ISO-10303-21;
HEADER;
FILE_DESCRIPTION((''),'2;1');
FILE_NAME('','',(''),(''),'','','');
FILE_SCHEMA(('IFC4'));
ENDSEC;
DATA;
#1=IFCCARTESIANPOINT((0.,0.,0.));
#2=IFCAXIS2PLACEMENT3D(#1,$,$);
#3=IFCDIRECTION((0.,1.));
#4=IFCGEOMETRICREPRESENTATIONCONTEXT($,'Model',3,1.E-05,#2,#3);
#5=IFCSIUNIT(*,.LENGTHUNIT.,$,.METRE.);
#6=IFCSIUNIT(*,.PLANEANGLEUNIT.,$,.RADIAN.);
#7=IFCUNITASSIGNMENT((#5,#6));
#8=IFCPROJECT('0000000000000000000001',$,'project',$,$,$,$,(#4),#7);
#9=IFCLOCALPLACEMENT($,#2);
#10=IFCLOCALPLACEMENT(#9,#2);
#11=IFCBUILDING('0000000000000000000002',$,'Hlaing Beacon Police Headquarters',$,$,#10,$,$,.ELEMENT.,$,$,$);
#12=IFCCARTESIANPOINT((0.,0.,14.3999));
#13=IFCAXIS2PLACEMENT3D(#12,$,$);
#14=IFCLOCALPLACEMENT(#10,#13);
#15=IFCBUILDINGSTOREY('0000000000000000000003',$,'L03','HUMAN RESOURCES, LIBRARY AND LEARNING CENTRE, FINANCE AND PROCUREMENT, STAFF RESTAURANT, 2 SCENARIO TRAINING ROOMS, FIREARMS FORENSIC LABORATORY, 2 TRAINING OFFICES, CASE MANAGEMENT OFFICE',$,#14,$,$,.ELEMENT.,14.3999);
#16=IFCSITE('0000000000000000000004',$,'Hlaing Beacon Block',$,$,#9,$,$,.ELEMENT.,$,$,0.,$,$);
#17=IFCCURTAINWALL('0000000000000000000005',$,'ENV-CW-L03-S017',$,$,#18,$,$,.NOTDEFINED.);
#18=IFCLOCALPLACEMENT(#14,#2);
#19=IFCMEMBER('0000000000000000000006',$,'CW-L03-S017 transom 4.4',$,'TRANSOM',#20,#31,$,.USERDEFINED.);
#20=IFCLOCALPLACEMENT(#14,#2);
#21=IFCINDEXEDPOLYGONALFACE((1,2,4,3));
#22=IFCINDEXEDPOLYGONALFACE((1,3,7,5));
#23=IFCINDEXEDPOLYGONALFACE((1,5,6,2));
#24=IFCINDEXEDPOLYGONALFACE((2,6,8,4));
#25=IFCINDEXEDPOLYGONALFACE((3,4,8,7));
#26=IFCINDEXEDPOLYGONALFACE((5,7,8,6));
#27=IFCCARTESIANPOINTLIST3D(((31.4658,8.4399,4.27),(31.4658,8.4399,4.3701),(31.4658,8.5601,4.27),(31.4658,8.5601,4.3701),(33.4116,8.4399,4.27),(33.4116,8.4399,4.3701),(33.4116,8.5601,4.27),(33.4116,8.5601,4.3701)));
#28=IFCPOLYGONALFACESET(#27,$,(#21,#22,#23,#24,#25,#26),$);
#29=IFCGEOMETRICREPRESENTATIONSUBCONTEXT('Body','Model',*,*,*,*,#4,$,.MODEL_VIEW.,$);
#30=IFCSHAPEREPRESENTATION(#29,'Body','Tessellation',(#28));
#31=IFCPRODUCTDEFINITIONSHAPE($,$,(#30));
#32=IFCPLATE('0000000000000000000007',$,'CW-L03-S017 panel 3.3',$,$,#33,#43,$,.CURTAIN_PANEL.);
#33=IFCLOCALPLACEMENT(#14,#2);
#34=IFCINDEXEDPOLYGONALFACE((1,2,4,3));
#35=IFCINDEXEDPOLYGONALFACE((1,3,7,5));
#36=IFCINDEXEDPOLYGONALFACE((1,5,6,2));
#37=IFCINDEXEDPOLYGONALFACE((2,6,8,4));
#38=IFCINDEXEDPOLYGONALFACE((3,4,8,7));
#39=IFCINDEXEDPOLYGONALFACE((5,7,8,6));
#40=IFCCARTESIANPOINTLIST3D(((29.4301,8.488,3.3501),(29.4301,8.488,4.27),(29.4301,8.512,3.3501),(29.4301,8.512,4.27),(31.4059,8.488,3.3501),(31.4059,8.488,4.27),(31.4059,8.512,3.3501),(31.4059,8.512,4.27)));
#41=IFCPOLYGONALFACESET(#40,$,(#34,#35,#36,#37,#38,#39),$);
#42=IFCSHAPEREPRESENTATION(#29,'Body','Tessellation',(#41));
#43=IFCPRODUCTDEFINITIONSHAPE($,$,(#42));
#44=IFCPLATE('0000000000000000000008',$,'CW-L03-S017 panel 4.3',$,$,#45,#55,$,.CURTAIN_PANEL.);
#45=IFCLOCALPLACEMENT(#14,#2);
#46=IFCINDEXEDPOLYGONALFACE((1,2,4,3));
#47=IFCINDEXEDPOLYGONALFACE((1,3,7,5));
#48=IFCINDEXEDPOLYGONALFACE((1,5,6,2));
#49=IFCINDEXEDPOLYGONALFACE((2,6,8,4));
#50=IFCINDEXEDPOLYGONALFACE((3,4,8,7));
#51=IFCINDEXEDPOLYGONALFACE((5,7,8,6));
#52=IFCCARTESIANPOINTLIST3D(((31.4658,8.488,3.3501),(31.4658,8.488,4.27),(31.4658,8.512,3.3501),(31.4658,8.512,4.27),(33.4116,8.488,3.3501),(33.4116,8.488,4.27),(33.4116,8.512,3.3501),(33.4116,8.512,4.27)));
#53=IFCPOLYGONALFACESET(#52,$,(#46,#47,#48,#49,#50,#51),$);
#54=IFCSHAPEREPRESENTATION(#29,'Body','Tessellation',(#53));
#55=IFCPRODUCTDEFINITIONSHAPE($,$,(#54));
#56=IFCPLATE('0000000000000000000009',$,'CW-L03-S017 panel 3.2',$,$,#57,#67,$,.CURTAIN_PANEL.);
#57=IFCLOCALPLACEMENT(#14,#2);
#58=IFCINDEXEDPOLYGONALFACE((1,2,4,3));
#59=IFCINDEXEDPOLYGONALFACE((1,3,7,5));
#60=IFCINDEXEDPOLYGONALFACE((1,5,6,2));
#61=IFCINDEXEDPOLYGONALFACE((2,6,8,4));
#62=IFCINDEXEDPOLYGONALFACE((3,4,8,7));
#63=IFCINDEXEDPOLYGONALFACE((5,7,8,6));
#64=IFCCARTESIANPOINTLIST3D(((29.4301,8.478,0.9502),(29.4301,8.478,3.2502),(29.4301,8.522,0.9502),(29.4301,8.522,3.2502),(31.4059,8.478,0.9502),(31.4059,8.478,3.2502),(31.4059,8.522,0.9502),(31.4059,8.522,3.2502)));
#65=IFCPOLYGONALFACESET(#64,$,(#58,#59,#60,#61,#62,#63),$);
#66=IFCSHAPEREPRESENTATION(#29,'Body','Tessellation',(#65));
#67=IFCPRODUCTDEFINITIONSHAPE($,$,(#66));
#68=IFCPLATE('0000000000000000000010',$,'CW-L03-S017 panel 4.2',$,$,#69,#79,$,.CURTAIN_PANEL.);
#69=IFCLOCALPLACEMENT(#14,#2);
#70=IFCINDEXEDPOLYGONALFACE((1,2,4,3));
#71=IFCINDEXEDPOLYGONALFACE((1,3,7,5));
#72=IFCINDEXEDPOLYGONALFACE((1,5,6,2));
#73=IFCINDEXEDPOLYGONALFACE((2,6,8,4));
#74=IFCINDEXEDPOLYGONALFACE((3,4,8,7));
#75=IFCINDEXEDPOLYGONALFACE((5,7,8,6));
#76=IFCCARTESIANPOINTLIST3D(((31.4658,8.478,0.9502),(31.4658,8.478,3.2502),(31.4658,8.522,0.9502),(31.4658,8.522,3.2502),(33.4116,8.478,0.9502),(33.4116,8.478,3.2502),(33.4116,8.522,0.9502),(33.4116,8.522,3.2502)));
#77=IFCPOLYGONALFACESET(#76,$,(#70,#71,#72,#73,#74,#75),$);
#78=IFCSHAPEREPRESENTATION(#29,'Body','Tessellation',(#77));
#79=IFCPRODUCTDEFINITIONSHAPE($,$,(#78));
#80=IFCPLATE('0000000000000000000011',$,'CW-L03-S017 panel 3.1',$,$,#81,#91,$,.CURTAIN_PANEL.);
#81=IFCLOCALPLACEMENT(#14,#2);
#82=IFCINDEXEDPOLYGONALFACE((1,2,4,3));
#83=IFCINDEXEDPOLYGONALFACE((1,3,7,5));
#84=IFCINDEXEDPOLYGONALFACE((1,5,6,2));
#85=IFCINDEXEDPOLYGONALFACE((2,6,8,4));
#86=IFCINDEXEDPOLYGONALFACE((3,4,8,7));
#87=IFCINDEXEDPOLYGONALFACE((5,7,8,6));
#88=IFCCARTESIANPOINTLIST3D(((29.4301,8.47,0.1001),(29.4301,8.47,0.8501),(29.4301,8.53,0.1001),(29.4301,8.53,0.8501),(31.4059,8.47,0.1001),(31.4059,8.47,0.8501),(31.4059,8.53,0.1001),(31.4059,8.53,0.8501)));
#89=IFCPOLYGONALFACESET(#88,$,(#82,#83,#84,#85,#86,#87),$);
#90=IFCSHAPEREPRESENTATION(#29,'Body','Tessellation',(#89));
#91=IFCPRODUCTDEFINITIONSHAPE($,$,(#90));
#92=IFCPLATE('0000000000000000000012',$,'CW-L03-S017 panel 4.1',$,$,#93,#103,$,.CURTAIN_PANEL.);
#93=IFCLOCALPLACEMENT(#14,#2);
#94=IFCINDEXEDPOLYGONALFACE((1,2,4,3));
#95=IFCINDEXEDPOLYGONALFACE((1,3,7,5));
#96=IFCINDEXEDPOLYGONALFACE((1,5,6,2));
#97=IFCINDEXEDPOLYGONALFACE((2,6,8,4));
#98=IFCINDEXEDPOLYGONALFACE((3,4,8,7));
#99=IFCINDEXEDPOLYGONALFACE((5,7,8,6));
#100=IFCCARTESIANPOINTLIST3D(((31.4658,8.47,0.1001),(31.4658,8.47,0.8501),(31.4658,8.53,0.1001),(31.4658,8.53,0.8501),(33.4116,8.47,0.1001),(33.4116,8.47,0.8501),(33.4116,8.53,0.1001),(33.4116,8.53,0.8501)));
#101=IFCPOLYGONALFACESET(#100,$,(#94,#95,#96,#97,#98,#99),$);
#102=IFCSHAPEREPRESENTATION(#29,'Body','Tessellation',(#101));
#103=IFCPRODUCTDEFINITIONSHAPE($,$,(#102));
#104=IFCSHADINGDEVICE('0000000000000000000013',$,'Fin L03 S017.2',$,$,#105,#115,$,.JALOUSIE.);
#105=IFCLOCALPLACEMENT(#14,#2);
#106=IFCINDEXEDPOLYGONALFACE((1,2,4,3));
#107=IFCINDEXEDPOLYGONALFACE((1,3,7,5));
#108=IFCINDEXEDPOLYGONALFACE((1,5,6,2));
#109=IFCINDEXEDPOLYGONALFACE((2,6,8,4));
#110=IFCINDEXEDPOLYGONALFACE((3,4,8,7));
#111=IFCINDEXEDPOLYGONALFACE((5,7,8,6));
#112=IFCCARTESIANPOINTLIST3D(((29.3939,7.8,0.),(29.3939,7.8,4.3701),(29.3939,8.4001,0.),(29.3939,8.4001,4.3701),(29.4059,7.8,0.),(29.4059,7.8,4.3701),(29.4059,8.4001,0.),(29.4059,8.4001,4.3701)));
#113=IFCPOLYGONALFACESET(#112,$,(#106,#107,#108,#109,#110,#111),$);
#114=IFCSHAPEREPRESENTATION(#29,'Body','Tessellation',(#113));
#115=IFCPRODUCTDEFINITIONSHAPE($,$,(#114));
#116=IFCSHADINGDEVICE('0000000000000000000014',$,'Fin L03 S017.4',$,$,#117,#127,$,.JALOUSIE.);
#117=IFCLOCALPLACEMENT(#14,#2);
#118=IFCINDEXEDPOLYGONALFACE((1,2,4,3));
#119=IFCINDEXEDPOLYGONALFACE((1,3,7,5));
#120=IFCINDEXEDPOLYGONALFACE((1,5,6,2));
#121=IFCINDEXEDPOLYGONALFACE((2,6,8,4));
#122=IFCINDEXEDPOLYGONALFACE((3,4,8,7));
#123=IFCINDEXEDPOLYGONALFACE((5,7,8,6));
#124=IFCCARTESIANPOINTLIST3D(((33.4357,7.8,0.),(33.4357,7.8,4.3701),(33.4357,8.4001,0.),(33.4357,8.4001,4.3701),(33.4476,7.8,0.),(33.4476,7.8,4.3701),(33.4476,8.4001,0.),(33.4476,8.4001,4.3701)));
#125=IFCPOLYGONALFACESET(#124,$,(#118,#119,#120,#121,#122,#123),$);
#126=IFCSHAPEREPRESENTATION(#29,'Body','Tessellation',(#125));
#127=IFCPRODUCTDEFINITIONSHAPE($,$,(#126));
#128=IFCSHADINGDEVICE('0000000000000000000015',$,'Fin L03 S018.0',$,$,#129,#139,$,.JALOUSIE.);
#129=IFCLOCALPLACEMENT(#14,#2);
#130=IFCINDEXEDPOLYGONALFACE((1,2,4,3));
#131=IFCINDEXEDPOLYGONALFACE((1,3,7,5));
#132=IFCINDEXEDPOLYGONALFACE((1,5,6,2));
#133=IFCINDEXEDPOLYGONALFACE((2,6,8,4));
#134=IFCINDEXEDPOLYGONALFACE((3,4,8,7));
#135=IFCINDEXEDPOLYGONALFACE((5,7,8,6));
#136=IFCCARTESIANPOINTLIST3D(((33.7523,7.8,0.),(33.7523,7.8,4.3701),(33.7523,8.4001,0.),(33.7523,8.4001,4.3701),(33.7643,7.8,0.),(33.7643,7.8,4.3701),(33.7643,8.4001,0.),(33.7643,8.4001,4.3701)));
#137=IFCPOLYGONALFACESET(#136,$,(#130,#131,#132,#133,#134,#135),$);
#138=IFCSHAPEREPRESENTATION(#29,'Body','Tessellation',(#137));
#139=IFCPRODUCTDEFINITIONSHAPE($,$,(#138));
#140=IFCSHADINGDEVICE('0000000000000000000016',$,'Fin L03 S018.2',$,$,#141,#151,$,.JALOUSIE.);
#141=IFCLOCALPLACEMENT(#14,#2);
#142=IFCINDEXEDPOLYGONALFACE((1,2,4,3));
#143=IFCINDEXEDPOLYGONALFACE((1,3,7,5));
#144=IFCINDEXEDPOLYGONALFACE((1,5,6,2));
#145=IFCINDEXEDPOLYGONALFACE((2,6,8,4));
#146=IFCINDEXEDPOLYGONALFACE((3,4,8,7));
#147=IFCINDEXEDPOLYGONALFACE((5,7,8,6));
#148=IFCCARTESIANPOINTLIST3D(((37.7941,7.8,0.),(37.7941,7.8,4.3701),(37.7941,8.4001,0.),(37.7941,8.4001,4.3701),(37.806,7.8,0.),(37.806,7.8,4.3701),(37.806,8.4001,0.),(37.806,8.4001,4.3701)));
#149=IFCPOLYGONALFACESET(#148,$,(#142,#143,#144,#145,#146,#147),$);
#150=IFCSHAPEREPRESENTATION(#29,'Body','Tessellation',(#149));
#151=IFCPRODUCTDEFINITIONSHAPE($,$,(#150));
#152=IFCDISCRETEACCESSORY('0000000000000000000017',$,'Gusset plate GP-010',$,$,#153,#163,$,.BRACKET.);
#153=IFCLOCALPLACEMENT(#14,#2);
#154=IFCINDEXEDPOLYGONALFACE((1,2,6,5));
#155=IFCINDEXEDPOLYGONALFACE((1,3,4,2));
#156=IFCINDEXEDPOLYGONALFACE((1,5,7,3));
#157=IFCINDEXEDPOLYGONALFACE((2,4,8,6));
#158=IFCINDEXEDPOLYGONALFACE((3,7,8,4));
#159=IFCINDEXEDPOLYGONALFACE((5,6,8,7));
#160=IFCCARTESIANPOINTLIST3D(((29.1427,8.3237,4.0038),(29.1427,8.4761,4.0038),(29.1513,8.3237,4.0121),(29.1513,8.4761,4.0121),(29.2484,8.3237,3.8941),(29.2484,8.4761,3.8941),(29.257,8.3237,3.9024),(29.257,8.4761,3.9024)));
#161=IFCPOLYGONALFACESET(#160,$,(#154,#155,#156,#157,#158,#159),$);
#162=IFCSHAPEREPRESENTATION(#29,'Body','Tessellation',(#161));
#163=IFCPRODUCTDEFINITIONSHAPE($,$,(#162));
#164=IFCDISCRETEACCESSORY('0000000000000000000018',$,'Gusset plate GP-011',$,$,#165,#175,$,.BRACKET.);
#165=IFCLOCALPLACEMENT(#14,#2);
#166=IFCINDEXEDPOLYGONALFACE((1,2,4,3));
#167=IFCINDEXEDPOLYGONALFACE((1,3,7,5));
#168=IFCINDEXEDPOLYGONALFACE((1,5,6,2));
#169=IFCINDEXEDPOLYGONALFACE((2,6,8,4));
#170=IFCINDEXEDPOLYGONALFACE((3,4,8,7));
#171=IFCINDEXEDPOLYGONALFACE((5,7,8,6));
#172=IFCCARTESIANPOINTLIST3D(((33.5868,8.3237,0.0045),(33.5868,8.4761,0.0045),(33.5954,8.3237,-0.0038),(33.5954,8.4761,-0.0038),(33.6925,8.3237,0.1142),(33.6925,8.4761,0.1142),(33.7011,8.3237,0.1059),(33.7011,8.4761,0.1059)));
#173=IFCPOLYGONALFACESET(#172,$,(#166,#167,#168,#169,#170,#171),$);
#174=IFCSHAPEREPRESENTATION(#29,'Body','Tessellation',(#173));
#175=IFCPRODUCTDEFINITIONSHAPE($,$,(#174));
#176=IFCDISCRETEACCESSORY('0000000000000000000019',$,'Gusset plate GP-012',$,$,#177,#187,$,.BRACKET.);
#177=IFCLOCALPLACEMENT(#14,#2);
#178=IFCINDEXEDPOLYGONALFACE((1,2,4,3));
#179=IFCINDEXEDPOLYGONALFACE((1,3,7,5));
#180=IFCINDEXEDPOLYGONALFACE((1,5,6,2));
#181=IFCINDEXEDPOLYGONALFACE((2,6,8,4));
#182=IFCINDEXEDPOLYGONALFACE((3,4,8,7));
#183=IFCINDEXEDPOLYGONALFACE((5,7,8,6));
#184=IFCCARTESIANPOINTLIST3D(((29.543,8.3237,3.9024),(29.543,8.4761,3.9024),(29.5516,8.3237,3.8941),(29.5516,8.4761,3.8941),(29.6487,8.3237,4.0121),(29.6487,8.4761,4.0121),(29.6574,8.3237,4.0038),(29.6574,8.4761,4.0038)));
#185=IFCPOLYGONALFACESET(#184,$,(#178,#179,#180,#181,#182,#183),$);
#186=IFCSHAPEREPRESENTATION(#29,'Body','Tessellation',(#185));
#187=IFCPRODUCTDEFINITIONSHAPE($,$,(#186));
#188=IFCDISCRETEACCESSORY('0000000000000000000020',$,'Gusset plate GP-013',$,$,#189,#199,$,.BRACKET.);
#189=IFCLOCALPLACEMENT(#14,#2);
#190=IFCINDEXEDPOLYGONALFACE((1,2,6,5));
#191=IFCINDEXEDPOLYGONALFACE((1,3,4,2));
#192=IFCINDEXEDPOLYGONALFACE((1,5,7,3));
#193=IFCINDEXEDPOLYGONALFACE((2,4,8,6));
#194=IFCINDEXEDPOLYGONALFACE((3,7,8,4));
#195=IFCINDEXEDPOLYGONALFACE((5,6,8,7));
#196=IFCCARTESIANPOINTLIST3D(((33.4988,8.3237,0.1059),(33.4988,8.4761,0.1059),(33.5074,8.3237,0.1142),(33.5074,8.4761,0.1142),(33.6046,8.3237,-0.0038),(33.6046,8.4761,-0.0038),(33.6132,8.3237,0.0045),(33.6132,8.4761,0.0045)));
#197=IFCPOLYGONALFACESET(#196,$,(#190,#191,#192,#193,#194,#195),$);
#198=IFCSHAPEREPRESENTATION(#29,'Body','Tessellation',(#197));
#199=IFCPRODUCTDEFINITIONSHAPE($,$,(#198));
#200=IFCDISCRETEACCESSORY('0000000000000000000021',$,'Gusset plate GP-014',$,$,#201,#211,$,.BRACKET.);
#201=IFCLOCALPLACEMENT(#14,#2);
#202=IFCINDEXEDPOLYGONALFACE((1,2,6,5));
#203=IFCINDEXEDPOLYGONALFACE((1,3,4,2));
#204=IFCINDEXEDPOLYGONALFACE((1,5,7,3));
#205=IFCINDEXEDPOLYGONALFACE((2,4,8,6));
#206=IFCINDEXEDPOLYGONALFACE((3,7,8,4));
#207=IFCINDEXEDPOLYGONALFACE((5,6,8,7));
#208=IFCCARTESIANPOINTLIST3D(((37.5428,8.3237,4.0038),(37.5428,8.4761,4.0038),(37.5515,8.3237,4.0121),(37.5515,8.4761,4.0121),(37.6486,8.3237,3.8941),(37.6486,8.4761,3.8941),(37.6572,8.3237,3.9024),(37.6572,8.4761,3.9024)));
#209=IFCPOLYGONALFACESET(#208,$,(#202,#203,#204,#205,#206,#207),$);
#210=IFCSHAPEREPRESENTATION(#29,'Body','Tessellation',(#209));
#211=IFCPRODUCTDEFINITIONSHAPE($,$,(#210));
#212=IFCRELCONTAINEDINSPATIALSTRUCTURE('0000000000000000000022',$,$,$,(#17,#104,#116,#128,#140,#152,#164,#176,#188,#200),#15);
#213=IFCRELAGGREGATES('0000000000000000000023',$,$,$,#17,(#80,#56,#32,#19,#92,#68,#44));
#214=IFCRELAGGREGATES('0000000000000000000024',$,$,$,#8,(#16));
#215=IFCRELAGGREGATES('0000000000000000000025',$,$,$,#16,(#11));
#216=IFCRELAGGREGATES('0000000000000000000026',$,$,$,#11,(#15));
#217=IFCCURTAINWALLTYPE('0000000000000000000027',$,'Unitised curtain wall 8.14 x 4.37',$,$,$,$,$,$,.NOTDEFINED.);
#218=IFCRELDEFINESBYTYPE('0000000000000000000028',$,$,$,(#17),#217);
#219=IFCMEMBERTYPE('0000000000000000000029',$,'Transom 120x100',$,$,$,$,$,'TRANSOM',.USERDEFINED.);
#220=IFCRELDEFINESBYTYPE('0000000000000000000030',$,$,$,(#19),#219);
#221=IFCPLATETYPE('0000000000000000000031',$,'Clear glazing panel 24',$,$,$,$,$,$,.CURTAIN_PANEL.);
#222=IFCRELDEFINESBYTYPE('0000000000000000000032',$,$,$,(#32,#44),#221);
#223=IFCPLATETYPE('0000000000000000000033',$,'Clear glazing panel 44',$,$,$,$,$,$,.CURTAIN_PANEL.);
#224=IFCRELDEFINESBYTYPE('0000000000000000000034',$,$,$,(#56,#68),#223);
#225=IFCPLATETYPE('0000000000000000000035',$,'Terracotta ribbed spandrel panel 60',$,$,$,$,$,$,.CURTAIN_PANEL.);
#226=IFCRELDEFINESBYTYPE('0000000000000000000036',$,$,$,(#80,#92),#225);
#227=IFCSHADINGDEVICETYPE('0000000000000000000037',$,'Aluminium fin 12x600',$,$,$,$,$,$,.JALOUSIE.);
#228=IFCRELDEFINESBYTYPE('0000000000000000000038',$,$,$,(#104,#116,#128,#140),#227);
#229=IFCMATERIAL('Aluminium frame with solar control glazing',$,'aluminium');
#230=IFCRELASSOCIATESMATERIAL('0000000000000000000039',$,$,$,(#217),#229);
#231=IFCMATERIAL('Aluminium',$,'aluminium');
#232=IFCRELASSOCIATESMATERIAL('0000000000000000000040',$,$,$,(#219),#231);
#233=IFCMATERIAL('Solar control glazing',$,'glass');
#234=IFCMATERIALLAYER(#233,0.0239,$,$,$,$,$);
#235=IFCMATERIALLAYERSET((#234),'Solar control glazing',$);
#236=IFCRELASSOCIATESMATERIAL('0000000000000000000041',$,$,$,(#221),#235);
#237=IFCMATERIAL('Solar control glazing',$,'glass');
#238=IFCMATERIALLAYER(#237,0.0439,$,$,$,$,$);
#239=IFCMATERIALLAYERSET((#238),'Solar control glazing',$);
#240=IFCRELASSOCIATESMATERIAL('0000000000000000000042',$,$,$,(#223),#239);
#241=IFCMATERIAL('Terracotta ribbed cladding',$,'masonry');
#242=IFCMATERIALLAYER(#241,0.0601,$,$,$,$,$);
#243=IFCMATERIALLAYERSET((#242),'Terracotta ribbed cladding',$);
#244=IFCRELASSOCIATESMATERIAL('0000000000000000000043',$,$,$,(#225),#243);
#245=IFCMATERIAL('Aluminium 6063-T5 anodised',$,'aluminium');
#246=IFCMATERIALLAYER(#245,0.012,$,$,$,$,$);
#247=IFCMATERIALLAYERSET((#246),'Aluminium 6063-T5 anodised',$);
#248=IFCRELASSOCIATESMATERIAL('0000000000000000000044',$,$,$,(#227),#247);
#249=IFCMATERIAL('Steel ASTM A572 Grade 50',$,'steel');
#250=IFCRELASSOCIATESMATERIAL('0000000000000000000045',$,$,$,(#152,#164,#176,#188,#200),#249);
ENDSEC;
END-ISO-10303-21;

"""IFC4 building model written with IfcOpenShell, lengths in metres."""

from ifc_helpers import new_model, si_unit, direction, frame, origin, origin_2d, place, context, subcontext, project, spatial, rectangle, extrude, material, layer, layer_set, material_profile, profile_set, type_object, element, aggregate, save


model = new_model("IFC4")

# Units and contexts
model_context = context("Model", 3, precision=1e-05, world=origin(), true_north=direction((0.0, 1.0)))
body_context = subcontext(model_context, "Body", "Model", "MODEL_VIEW")
ifc_project = project(units=[si_unit("LENGTHUNIT", "METRE"), si_unit("PLANEANGLEUNIT", "RADIAN")], contexts=[model_context])

# Site, building, storey
site_placement = place(None, origin())
site = spatial("IfcSite", under=ifc_project, at=site_placement, Name="Hlaing Beacon Block", CompositionType="ELEMENT", RefElevation=0.0)
building_placement = place(site_placement, origin())
building = spatial("IfcBuilding", under=site, at=building_placement, Name="Hlaing Beacon Police Headquarters", CompositionType="ELEMENT")
storey_placement = place(building_placement, frame((0.0, 0.0, 14.3999)))
storey = spatial("IfcBuildingStorey", under=building, at=storey_placement, Name="L03", Description="HUMAN RESOURCES, LIBRARY AND LEARNING CENTRE, FINANCE AND PROCUREMENT, STAFF RESTAURANT, 2 SCENARIO TRAINING ROOMS, FIREARMS FORENSIC LABORATORY, 2 TRAINING OFFICES, CASE MANAGEMENT OFFICE", CompositionType="ELEMENT", Elevation=14.3999)

# Curtain wall
ifc_material_1 = material(Name="Aluminium frame with solar control glazing", Category="aluminium")
curtain_wall_type = type_object("IfcCurtainWallType", Name="Unitised curtain wall 8.14 x 4.37", PredefinedType="NOTDEFINED", material=ifc_material_1)
curtain_wall_1_placement = place(storey_placement, origin())
curtain_wall_1 = element("IfcCurtainWall", 1, at=curtain_wall_1_placement, inside=storey, type_object=curtain_wall_type, Name="ENV-CW-L03-S017", PredefinedType="NOTDEFINED")

# Member
ifc_material_2 = material(Name="Aluminium", Category="aluminium")
ifc_material_profile_1 = material_profile(ifc_material_2, rectangle(XDim=0.1201, YDim=0.1001, at=origin_2d()), Name="Transom 120x100")
ifc_profile_set_1 = profile_set([ifc_material_profile_1], Name="Aluminium")
member_type_1 = type_object("IfcMemberType", Name="Transom 120x100", ElementType="TRANSOM", PredefinedType="USERDEFINED", material=ifc_profile_set_1)
member_1_placement = place(storey_placement, frame((31.4658, 8.5, 4.3201), z_axis=(1.0, 0.0, 0.0), x_axis=(0.0, 1.0, 0.0)))
member_1 = element("IfcMember", 2, at=member_1_placement, type_object=member_type_1, Name="CW-L03-S017 transom 4.4", ObjectType="TRANSOM", PredefinedType="USERDEFINED", context=body_context, shape_type="SweptSolid", body=[
    extrude(rectangle(XDim=0.1201, YDim=0.1001, at=origin_2d()), origin(), (0.0, 0.0, 1.0), 1.9458),
])

# Plates
ifc_material_3 = material(Name="Solar control glazing", Category="glass")
ifc_layer_1 = layer(ifc_material_3, 0.0239)
ifc_layer_set_1 = layer_set([ifc_layer_1], Name="Solar control glazing")
plate_type_1 = type_object("IfcPlateType", Name="Clear glazing panel 24", PredefinedType="CURTAIN_PANEL", material=ifc_layer_set_1)
plate_1_placement = place(storey_placement, frame((30.418, 8.5, 3.3501), z_axis=(0.0, 0.0, 1.0), x_axis=(1.0, 0.0, 0.0)))
plate_1 = element("IfcPlate", 3, at=plate_1_placement, type_object=plate_type_1, Name="CW-L03-S017 panel 3.3", PredefinedType="CURTAIN_PANEL", context=body_context, shape_type="SweptSolid", body=[
    extrude(rectangle(XDim=1.9758, YDim=0.0239, at=origin_2d()), origin(), (0.0, 0.0, 1.0), 0.9199),
])
plate_2_placement = place(storey_placement, frame((32.4387, 8.5, 3.3501), z_axis=(0.0, 0.0, 1.0), x_axis=(1.0, 0.0, 0.0)))
plate_2 = element("IfcPlate", 4, at=plate_2_placement, type_object=plate_type_1, Name="CW-L03-S017 panel 4.3", PredefinedType="CURTAIN_PANEL", context=body_context, shape_type="SweptSolid", body=[
    extrude(rectangle(XDim=1.9458, YDim=0.0239, at=origin_2d()), origin(), (0.0, 0.0, 1.0), 0.9199),
])
ifc_material_4 = material(Name="Solar control glazing", Category="glass")
ifc_layer_2 = layer(ifc_material_4, 0.0439)
ifc_layer_set_2 = layer_set([ifc_layer_2], Name="Solar control glazing")
plate_type_2 = type_object("IfcPlateType", Name="Clear glazing panel 44", PredefinedType="CURTAIN_PANEL", material=ifc_layer_set_2)
plate_3_placement = place(storey_placement, frame((30.418, 8.5, 0.9502), z_axis=(0.0, 0.0, 1.0), x_axis=(1.0, 0.0, 0.0)))
plate_3 = element("IfcPlate", 5, at=plate_3_placement, type_object=plate_type_2, Name="CW-L03-S017 panel 3.2", PredefinedType="CURTAIN_PANEL", context=body_context, shape_type="SweptSolid", body=[
    extrude(rectangle(XDim=1.9758, YDim=0.0439, at=origin_2d()), origin(), (0.0, 0.0, 1.0), 2.3),
])
plate_4_placement = place(storey_placement, frame((32.4387, 8.5, 0.9502), z_axis=(0.0, 0.0, 1.0), x_axis=(1.0, 0.0, 0.0)))
plate_4 = element("IfcPlate", 6, at=plate_4_placement, type_object=plate_type_2, Name="CW-L03-S017 panel 4.2", PredefinedType="CURTAIN_PANEL", context=body_context, shape_type="SweptSolid", body=[
    extrude(rectangle(XDim=1.9458, YDim=0.0439, at=origin_2d()), origin(), (0.0, 0.0, 1.0), 2.3),
])
ifc_material_5 = material(Name="Terracotta ribbed cladding", Category="masonry")
ifc_layer_3 = layer(ifc_material_5, 0.0601)
ifc_layer_set_3 = layer_set([ifc_layer_3], Name="Terracotta ribbed cladding")
plate_type_3 = type_object("IfcPlateType", Name="Terracotta ribbed spandrel panel 60", PredefinedType="CURTAIN_PANEL", material=ifc_layer_set_3)
plate_5_placement = place(storey_placement, frame((30.418, 8.5, 0.1001), z_axis=(0.0, 0.0, 1.0), x_axis=(1.0, 0.0, 0.0)))
plate_5 = element("IfcPlate", 7, at=plate_5_placement, type_object=plate_type_3, Name="CW-L03-S017 panel 3.1", PredefinedType="CURTAIN_PANEL", context=body_context, shape_type="SweptSolid", body=[
    extrude(rectangle(XDim=1.9758, YDim=0.0601, at=origin_2d()), origin(), (0.0, 0.0, 1.0), 0.75),
])
plate_6_placement = place(storey_placement, frame((32.4387, 8.5, 0.1001), z_axis=(0.0, 0.0, 1.0), x_axis=(1.0, 0.0, 0.0)))
plate_6 = element("IfcPlate", 8, at=plate_6_placement, type_object=plate_type_3, Name="CW-L03-S017 panel 4.1", PredefinedType="CURTAIN_PANEL", context=body_context, shape_type="SweptSolid", body=[
    extrude(rectangle(XDim=1.9458, YDim=0.0601, at=origin_2d()), origin(), (0.0, 0.0, 1.0), 0.75),
])
aggregate(curtain_wall_1, [plate_5, plate_3, plate_1, member_1, plate_6, plate_4, plate_2])

# Shading devices
ifc_material_6 = material(Name="Aluminium 6063-T5 anodised", Category="aluminium")
ifc_layer_4 = layer(ifc_material_6, 0.012)
ifc_layer_set_4 = layer_set([ifc_layer_4], Name="Aluminium 6063-T5 anodised")
shading_device_type = type_object("IfcShadingDeviceType", Name="Aluminium fin 12x600", PredefinedType="JALOUSIE", material=ifc_layer_set_4)
for number, where, z_axis, x_axis, name in (
    (9, (29.3999, 8.1001, 0.0), (0.0, 0.0, 1.0), (1.0, 0.0, 0.0), "Fin L03 S017.2"),
    (10, (33.4417, 8.1001, 0.0), (0.0, 0.0, 1.0), (1.0, 0.0, 0.0), "Fin L03 S017.4"),
    (11, (33.7583, 8.1001, 0.0), (0.0, 0.0, 1.0), (1.0, 0.0, 0.0), "Fin L03 S018.0"),
    (12, (37.8, 8.1001, 0.0), (0.0, 0.0, 1.0), (1.0, 0.0, 0.0), "Fin L03 S018.2"),
):
    element("IfcShadingDevice", number, at=place(storey_placement, frame(where, z_axis=z_axis, x_axis=x_axis)), inside=storey, type_object=shading_device_type, Name=name, PredefinedType="JALOUSIE", context=body_context, shape_type="SweptSolid", body=[
        extrude(rectangle(XDim=0.012, YDim=0.6001, at=origin_2d()), origin(), (0.0, 0.0, 1.0), 4.3701),
    ])

# Discrete accessories
ifc_material_7 = material(Name="Steel ASTM A572 Grade 50", Category="steel")
for number, where, z_axis, x_axis, name in (
    (13, (29.1956, 8.3999, 3.949), (0.719984, 0.0, 0.693991), (0.0, 1.0, 0.0), "Gusset plate GP-010"),
    (14, (33.6396, 8.3999, 0.0593), (0.719984, 0.0, -0.693991), (0.0, 1.0, 0.0), "Gusset plate GP-011"),
    (15, (29.6045, 8.3999, 3.949), (-0.719984, 0.0, 0.693991), (0.0, -1.0, 0.0), "Gusset plate GP-012"),
    (16, (33.5603, 8.3999, 0.0593), (-0.720005, 0.0, -0.693969), (0.0, -1.0, 0.0), "Gusset plate GP-013"),
    (17, (37.5957, 8.3999, 3.949), (0.720005, 0.0, 0.693969), (0.0, 1.0, 0.0), "Gusset plate GP-014"),
):
    element("IfcDiscreteAccessory", number, at=place(storey_placement, frame(where, z_axis=z_axis, x_axis=x_axis)), inside=storey, material=ifc_material_7, Name=name, PredefinedType="BRACKET", context=body_context, shape_type="SweptSolid", body=[
        extrude(rectangle(XDim=0.1523, YDim=0.1523, at=origin_2d()), origin(), (0.0, 0.0, 1.0), 0.012),
    ])

save(model, "model.ifc")
